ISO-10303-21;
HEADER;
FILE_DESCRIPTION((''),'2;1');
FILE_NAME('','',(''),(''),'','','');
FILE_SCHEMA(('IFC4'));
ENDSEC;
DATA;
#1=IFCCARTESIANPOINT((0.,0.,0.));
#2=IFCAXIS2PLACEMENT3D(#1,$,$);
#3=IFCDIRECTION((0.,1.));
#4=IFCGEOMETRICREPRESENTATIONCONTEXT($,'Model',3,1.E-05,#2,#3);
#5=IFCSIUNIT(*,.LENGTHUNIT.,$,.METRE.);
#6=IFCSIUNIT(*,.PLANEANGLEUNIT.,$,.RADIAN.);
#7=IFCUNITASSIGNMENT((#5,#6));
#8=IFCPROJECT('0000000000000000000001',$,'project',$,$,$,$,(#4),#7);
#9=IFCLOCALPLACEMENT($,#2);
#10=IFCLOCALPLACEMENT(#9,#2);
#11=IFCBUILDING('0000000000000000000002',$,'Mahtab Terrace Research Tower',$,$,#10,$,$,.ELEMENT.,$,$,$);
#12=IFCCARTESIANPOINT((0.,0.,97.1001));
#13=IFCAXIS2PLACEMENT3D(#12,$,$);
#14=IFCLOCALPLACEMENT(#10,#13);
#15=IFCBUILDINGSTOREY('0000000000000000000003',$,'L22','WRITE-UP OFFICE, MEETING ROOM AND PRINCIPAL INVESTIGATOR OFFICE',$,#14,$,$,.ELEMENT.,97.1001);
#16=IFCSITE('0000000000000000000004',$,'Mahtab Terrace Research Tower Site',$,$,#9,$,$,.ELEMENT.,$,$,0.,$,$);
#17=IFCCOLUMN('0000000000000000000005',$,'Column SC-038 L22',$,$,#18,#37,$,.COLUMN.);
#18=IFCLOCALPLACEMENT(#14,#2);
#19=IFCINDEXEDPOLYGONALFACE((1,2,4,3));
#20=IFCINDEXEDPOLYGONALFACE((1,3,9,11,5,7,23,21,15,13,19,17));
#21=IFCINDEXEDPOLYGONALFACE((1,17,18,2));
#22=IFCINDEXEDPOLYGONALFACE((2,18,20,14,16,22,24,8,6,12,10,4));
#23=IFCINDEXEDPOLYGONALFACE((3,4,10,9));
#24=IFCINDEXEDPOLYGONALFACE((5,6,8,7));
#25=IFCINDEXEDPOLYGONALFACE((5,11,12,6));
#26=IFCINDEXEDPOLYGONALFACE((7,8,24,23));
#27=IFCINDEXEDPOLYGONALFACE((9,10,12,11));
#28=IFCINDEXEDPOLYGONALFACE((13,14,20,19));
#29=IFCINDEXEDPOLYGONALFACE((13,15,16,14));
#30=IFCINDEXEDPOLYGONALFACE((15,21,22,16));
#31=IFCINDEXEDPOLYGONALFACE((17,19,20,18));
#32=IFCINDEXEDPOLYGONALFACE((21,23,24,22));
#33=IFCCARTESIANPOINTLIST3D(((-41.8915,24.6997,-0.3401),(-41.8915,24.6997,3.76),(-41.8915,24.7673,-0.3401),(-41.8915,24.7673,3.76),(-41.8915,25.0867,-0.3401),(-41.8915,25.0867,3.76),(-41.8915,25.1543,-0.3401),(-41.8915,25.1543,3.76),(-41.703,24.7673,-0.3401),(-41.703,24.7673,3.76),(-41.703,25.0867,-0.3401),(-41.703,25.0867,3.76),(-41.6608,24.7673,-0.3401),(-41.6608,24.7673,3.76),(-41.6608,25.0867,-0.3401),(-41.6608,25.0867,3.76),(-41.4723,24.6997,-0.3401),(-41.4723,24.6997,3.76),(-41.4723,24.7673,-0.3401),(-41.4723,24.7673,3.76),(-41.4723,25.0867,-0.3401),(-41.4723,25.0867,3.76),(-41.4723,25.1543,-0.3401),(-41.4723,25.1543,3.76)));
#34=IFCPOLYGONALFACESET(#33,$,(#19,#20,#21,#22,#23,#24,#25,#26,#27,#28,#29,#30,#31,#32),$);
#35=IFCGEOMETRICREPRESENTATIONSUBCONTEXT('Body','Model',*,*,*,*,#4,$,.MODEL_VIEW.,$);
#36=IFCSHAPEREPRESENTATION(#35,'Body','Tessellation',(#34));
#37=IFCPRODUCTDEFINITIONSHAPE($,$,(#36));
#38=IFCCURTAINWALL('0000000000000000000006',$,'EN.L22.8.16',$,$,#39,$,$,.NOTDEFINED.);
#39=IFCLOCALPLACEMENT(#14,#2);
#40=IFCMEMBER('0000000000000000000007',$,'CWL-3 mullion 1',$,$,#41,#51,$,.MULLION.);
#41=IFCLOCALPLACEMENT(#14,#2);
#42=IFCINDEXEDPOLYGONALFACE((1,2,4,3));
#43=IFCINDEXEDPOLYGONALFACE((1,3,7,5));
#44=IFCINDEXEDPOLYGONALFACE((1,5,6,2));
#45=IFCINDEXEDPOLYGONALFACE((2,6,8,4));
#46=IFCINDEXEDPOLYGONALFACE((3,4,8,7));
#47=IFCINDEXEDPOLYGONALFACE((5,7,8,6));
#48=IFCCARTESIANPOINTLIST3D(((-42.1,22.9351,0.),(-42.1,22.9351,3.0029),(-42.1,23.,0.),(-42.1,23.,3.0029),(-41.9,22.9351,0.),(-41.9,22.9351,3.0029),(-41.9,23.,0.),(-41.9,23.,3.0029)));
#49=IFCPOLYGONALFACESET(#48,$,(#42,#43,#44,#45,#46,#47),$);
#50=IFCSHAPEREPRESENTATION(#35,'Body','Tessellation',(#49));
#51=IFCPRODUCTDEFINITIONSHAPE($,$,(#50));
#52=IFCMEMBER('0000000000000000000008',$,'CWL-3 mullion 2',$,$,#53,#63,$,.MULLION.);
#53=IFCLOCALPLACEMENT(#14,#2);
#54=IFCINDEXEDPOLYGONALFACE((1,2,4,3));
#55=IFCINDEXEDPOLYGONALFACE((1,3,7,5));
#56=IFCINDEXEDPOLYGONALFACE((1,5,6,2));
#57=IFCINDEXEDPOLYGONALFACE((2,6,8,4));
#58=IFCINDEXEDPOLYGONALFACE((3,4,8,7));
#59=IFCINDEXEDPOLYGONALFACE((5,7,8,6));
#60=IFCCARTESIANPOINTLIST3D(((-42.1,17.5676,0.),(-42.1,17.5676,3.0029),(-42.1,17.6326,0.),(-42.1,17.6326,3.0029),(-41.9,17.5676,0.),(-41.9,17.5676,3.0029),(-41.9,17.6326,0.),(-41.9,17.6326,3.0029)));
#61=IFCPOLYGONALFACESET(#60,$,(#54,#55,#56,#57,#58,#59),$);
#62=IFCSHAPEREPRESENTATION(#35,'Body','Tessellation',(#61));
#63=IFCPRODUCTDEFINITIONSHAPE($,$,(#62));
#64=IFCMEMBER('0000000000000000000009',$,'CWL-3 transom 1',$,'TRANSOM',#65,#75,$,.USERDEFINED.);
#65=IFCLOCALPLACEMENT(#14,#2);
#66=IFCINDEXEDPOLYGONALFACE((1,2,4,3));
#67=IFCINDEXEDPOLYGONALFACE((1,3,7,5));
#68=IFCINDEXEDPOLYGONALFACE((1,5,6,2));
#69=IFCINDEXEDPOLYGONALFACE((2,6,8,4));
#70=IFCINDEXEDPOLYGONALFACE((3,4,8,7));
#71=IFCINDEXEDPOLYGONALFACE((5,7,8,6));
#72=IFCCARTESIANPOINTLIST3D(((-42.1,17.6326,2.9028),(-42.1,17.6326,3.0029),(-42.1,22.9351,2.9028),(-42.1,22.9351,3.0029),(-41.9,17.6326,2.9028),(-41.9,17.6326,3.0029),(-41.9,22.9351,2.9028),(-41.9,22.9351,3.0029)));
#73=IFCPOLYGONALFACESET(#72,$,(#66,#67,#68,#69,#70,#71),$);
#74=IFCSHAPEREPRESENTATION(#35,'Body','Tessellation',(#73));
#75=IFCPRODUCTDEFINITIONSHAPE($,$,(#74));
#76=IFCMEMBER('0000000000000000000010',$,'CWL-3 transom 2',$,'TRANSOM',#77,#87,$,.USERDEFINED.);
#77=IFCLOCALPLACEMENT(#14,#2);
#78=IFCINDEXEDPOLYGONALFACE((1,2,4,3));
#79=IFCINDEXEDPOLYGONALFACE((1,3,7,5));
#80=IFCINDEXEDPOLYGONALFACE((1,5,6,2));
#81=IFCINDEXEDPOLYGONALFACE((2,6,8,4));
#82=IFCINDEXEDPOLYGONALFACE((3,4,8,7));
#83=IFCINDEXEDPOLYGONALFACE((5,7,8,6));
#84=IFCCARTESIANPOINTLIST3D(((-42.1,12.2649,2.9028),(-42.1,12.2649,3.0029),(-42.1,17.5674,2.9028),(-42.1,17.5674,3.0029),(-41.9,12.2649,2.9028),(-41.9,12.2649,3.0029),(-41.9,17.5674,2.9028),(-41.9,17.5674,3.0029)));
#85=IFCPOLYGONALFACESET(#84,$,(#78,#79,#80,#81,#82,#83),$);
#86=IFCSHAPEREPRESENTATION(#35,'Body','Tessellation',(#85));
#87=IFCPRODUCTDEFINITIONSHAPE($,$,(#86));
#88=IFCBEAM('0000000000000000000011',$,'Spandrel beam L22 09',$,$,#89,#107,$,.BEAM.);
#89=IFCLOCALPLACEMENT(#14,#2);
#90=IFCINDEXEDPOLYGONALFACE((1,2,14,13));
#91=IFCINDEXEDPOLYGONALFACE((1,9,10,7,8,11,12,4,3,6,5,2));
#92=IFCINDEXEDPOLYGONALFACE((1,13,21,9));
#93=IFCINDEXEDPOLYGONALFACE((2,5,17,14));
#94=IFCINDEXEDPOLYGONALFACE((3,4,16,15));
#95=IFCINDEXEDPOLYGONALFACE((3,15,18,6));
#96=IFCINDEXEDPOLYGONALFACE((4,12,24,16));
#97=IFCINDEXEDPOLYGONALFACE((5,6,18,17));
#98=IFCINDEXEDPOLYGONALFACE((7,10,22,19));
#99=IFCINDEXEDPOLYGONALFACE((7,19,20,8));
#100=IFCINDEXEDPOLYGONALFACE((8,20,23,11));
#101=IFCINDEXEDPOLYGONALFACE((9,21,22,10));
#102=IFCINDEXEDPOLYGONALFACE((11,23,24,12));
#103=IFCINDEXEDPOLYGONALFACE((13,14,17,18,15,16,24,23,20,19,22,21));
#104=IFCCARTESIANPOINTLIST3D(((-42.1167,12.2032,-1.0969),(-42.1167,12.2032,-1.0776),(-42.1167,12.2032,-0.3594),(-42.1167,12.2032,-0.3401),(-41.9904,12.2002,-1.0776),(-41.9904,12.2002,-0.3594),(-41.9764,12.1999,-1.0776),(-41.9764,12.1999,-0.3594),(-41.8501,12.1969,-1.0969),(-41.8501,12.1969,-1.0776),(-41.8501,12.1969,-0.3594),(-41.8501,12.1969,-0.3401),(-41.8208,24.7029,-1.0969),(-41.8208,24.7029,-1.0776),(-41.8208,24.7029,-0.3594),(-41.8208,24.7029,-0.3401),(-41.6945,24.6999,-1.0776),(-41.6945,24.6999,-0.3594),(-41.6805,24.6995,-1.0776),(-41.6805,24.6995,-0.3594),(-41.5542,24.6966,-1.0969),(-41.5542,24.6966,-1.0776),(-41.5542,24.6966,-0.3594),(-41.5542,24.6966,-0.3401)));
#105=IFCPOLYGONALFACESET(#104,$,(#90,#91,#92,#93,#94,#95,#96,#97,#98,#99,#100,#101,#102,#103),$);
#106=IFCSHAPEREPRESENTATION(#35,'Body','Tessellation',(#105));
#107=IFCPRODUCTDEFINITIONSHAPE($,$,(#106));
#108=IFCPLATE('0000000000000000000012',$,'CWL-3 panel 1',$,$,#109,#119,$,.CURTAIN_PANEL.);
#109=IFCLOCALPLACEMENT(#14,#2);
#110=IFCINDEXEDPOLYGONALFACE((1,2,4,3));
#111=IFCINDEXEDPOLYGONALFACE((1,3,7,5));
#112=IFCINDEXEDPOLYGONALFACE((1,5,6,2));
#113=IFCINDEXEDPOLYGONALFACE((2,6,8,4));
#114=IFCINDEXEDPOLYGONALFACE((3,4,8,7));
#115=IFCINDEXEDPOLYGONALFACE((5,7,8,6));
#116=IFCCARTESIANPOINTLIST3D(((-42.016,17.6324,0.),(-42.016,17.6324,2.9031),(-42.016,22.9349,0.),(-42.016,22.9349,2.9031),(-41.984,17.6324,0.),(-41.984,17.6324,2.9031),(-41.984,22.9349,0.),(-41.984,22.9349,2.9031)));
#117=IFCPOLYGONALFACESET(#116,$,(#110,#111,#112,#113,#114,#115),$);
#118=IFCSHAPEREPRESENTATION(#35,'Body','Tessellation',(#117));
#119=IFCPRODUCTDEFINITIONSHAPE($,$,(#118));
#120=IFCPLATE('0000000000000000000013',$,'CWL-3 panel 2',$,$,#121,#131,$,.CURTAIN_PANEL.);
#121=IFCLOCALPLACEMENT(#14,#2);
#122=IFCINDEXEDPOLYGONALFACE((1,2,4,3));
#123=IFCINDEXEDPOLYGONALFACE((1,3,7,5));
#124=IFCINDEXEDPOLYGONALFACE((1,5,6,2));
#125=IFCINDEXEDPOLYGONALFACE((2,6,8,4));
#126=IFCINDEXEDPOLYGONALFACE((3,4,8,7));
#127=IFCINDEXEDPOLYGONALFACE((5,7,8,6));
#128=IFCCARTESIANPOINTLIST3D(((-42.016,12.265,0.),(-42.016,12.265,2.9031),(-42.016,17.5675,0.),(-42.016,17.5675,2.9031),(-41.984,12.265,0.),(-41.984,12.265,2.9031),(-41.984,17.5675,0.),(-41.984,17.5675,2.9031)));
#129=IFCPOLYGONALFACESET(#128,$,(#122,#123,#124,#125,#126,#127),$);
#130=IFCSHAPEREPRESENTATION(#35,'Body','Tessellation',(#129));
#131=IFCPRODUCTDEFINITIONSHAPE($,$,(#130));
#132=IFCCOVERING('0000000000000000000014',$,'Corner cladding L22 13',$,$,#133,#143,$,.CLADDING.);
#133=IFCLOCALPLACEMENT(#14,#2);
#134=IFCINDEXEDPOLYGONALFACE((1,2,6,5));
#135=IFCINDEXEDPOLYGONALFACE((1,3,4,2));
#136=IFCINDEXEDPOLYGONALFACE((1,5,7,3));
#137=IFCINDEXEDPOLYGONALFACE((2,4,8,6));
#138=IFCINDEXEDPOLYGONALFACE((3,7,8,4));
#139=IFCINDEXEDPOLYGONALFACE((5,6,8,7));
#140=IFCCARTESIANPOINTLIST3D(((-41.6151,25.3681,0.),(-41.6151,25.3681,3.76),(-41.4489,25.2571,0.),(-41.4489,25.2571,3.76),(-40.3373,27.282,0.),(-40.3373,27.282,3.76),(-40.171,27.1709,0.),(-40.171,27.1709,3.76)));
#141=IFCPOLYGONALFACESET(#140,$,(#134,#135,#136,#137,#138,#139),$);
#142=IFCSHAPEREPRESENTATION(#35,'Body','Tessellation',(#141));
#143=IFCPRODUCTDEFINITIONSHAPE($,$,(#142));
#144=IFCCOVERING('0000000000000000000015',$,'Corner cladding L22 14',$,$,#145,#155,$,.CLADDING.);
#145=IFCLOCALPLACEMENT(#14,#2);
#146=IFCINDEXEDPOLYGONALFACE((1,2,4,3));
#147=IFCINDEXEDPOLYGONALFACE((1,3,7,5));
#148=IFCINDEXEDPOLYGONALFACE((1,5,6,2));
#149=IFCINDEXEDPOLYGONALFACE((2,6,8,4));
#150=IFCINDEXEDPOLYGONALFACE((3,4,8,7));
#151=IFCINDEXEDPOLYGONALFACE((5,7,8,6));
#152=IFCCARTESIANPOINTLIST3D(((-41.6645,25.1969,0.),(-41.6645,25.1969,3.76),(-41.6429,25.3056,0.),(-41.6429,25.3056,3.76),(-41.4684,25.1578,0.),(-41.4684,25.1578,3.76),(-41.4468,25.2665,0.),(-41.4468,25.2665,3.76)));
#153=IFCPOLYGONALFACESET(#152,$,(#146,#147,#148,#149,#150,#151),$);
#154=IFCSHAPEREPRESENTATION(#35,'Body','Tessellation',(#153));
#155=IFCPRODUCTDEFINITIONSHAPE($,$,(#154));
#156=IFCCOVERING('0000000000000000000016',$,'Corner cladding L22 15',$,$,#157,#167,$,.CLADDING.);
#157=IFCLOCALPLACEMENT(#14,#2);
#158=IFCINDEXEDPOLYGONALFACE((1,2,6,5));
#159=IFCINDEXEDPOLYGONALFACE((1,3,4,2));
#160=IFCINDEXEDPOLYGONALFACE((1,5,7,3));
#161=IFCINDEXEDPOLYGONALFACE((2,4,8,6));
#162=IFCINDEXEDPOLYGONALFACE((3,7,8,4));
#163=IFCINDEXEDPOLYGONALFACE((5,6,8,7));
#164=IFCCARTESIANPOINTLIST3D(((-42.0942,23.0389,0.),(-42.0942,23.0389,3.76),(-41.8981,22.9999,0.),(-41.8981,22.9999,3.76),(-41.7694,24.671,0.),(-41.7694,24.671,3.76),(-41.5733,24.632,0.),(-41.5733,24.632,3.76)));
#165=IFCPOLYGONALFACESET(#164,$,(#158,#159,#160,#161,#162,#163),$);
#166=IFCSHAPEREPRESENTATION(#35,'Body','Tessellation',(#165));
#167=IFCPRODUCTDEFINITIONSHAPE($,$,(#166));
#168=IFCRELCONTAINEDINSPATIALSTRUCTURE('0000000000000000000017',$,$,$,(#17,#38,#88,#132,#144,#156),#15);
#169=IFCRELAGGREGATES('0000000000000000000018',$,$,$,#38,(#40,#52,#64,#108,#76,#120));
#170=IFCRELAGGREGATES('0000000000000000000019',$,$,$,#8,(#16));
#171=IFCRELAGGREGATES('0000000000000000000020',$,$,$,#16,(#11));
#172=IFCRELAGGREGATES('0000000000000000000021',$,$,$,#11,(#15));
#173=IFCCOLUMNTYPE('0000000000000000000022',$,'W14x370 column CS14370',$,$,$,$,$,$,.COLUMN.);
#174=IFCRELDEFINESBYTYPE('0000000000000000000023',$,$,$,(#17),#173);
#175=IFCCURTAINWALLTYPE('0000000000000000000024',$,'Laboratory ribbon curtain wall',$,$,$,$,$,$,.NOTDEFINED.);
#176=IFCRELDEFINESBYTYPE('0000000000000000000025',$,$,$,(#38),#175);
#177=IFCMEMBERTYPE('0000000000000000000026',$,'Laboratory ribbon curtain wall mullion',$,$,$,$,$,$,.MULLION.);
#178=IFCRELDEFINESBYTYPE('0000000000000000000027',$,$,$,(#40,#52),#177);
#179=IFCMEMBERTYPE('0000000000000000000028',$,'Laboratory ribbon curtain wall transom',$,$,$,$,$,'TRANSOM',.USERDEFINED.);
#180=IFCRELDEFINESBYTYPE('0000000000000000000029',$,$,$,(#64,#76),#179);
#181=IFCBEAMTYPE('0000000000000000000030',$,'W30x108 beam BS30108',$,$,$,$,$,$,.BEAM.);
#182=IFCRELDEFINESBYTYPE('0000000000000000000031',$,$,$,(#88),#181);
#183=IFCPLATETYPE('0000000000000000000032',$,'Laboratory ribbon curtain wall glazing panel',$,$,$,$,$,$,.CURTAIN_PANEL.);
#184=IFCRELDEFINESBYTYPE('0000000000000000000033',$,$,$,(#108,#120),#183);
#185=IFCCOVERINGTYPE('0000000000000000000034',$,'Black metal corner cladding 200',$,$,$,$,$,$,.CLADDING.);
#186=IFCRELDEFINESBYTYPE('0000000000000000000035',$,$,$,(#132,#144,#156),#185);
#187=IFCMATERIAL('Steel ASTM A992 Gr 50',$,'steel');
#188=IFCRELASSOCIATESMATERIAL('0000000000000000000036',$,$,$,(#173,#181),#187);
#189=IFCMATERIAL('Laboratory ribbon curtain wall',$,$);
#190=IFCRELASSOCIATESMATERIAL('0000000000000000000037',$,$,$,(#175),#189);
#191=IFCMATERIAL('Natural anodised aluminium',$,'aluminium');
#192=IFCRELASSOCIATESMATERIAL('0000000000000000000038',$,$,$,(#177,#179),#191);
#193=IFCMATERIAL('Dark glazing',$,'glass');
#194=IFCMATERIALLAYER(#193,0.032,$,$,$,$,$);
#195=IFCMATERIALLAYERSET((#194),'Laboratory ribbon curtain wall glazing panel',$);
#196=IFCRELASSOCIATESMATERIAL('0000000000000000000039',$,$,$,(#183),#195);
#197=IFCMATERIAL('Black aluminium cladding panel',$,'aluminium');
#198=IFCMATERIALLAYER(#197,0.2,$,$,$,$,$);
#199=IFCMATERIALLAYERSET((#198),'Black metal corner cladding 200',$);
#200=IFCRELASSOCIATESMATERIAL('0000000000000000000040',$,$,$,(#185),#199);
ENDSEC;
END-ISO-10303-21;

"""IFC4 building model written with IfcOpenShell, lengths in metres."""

from ifc_helpers import new_model, si_unit, direction, frame, origin, origin_2d, place, context, subcontext, project, spatial, rectangle, i_section, extrude, material, layer, layer_set, material_profile, profile_set, type_object, element, aggregate, save


model = new_model("IFC4")

# Units and contexts
model_context = context("Model", 3, precision=1e-05, world=origin(), true_north=direction((0.0, 1.0)))
body_context = subcontext(model_context, "Body", "Model", "MODEL_VIEW")
ifc_project = project(units=[si_unit("LENGTHUNIT", "METRE"), si_unit("PLANEANGLEUNIT", "RADIAN")], contexts=[model_context])

# Site, building, storey
site_placement = place(None, origin())
site = spatial("IfcSite", under=ifc_project, at=site_placement, Name="Mahtab Terrace Research Tower Site", CompositionType="ELEMENT", RefElevation=0.0)
building_placement = place(site_placement, origin())
building = spatial("IfcBuilding", under=site, at=building_placement, Name="Mahtab Terrace Research Tower", CompositionType="ELEMENT")
storey_placement = place(building_placement, frame((0.0, 0.0, 97.1001)))
storey = spatial("IfcBuildingStorey", under=building, at=storey_placement, Name="L22", Description="WRITE-UP OFFICE, MEETING ROOM AND PRINCIPAL INVESTIGATOR OFFICE", CompositionType="ELEMENT", Elevation=97.1001)

# Column
ifc_material_1 = material(Name="Steel ASTM A992 Gr 50", Category="steel")
ifc_material_profile_1 = material_profile(ifc_material_1, i_section(OverallWidth=0.4192, OverallDepth=0.4546, WebThickness=0.0422, FlangeThickness=0.0676, at=origin_2d()), Name="W14X370")
ifc_profile_set_1 = profile_set([ifc_material_profile_1], Name="Steel ASTM A992 Gr 50")
column_type = type_object("IfcColumnType", Name="W14x370 column CS14370", PredefinedType="COLUMN", material=ifc_profile_set_1)
column_placement = place(storey_placement, frame((-41.6819, 24.927, -0.3401), z_axis=(0.0, 0.0, 1.0), x_axis=(1.0, 0.0, 0.0)))
element("IfcColumn", 1, at=column_placement, inside=storey, type_object=column_type, Name="Column SC-038 L22", PredefinedType="COLUMN", context=body_context, shape_type="SweptSolid", body=[
    extrude(i_section(OverallWidth=0.4192, OverallDepth=0.4546, WebThickness=0.0422, FlangeThickness=0.0676, at=origin_2d()), origin(), (0.0, 0.0, 1.0), 4.1001),
])

# Curtain wall, members
ifc_material_2 = material(Name="Laboratory ribbon curtain wall")
curtain_wall_type = type_object("IfcCurtainWallType", Name="Laboratory ribbon curtain wall", PredefinedType="NOTDEFINED", material=ifc_material_2)
curtain_wall_placement = place(storey_placement, origin())
curtain_wall = element("IfcCurtainWall", 2, at=curtain_wall_placement, inside=storey, type_object=curtain_wall_type, Name="EN.L22.8.16", PredefinedType="NOTDEFINED")
ifc_material_3 = material(Name="Natural anodised aluminium", Category="aluminium")
ifc_material_profile_2 = material_profile(ifc_material_3, rectangle(XDim=0.2, YDim=0.0649, at=origin_2d()), Name="MULLION 65x200")
ifc_profile_set_2 = profile_set([ifc_material_profile_2], Name="Natural anodised aluminium")
member_type_1 = type_object("IfcMemberType", Name="Laboratory ribbon curtain wall mullion", PredefinedType="MULLION", material=ifc_profile_set_2)
member_1_placement = place(storey_placement, frame((-42.0, 22.9675, 0.0), z_axis=(0.0, 0.0, 1.0), x_axis=(1.0, 0.0, 0.0)))
member_1 = element("IfcMember", 3, at=member_1_placement, type_object=member_type_1, Name="CWL-3 mullion 1", PredefinedType="MULLION", context=body_context, shape_type="SweptSolid", body=[
    extrude(rectangle(XDim=0.2, YDim=0.0649, at=origin_2d()), origin(), (0.0, 0.0, 1.0), 3.0029),
])
member_2_placement = place(storey_placement, frame((-42.0, 17.6001, 0.0), z_axis=(0.0, 0.0, 1.0), x_axis=(1.0, 0.0, 0.0)))
member_2 = element("IfcMember", 4, at=member_2_placement, type_object=member_type_1, Name="CWL-3 mullion 2", PredefinedType="MULLION", context=body_context, shape_type="SweptSolid", body=[
    extrude(rectangle(XDim=0.2, YDim=0.0649, at=origin_2d()), origin(), (0.0, 0.0, 1.0), 3.0029),
])
ifc_material_profile_3 = material_profile(ifc_material_3, rectangle(XDim=0.2, YDim=0.1001, at=origin_2d()), Name="TRANSOM 100x200")
ifc_profile_set_3 = profile_set([ifc_material_profile_3], Name="Natural anodised aluminium")
member_type_2 = type_object("IfcMemberType", Name="Laboratory ribbon curtain wall transom", ElementType="TRANSOM", PredefinedType="USERDEFINED", material=ifc_profile_set_3)
member_3_placement = place(storey_placement, frame((-42.0, 22.9351, 2.9529), z_axis=(0.0, -1.0, 0.0), x_axis=(1.0, 0.0, 0.0)))
member_3 = element("IfcMember", 5, at=member_3_placement, type_object=member_type_2, Name="CWL-3 transom 1", ObjectType="TRANSOM", PredefinedType="USERDEFINED", context=body_context, shape_type="SweptSolid", body=[
    extrude(rectangle(XDim=0.2, YDim=0.1001, at=origin_2d()), origin(), (0.0, 0.0, 1.0), 5.3025),
])
member_4_placement = place(storey_placement, frame((-42.0, 17.5674, 2.9529), z_axis=(0.0, -1.0, 0.0), x_axis=(1.0, 0.0, 0.0)))
member_4 = element("IfcMember", 6, at=member_4_placement, type_object=member_type_2, Name="CWL-3 transom 2", ObjectType="TRANSOM", PredefinedType="USERDEFINED", context=body_context, shape_type="SweptSolid", body=[
    extrude(rectangle(XDim=0.2, YDim=0.1001, at=origin_2d()), origin(), (0.0, 0.0, 1.0), 5.3025),
])

# Beam
ifc_material_profile_4 = material_profile(ifc_material_1, i_section(OverallWidth=0.2666, OverallDepth=0.7568, WebThickness=0.0139, FlangeThickness=0.0193, at=origin_2d()), Name="W30X108")
ifc_profile_set_4 = profile_set([ifc_material_profile_4], Name="Steel ASTM A992 Gr 50")
beam_type = type_object("IfcBeamType", Name="W30x108 beam BS30108", PredefinedType="BEAM", material=ifc_profile_set_4)
beam_placement = place(storey_placement, frame((-41.6875, 24.6997, -0.7185), z_axis=(-0.023666, -0.99972, 0.0), x_axis=(0.99972, -0.023666, 0.0)))
element("IfcBeam", 7, at=beam_placement, inside=storey, type_object=beam_type, Name="Spandrel beam L22 09", PredefinedType="BEAM", context=body_context, shape_type="SweptSolid", body=[
    extrude(i_section(OverallWidth=0.2666, OverallDepth=0.7568, WebThickness=0.0139, FlangeThickness=0.0193, at=origin_2d()), origin(), (0.0, 0.0, 1.0), 12.5032),
])

# Plates
ifc_material_4 = material(Name="Dark glazing", Category="glass")
ifc_layer_1 = layer(ifc_material_4, 0.032)
ifc_layer_set_1 = layer_set([ifc_layer_1], Name="Laboratory ribbon curtain wall glazing panel")
plate_type = type_object("IfcPlateType", Name="Laboratory ribbon curtain wall glazing panel", PredefinedType="CURTAIN_PANEL", material=ifc_layer_set_1)
plate_1_placement = place(storey_placement, frame((-42.0, 20.2837, 0.0), z_axis=(0.0, 0.0, 1.0), x_axis=(0.0, -1.0, 0.0)))
plate_1 = element("IfcPlate", 8, at=plate_1_placement, type_object=plate_type, Name="CWL-3 panel 1", PredefinedType="CURTAIN_PANEL", context=body_context, shape_type="SweptSolid", body=[
    extrude(rectangle(XDim=5.3025, YDim=0.032, at=origin_2d()), origin(), (0.0, 0.0, 1.0), 2.9031),
])
plate_2_placement = place(storey_placement, frame((-42.0, 14.9163, 0.0), z_axis=(0.0, 0.0, 1.0), x_axis=(0.0, -1.0, 0.0)))
plate_2 = element("IfcPlate", 9, at=plate_2_placement, type_object=plate_type, Name="CWL-3 panel 2", PredefinedType="CURTAIN_PANEL", context=body_context, shape_type="SweptSolid", body=[
    extrude(rectangle(XDim=5.3025, YDim=0.032, at=origin_2d()), origin(), (0.0, 0.0, 1.0), 2.9031),
])
aggregate(curtain_wall, [member_1, member_2, member_3, plate_1, member_4, plate_2])

# Coverings
ifc_material_5 = material(Name="Black aluminium cladding panel", Category="aluminium")
ifc_layer_2 = layer(ifc_material_5, 0.2)
ifc_layer_set_2 = layer_set([ifc_layer_2], Name="Black metal corner cladding 200")
covering_type = type_object("IfcCoveringType", Name="Black metal corner cladding 200", PredefinedType="CLADDING", material=ifc_layer_set_2)
covering_1_placement = place(storey_placement, frame((-40.8931, 26.2695, 0.0), z_axis=(0.0, 0.0, 1.0), x_axis=(-0.555291, -0.831656, 0.0)))
element("IfcCovering", 10, at=covering_1_placement, inside=storey, type_object=covering_type, Name="Corner cladding L22 13", PredefinedType="CLADDING", context=body_context, shape_type="SweptSolid", body=[
    extrude(rectangle(XDim=2.3013, YDim=0.2, at=origin_2d()), origin(), (0.0, 0.0, 1.0), 3.76),
])
covering_2_placement = place(storey_placement, frame((-41.5557, 25.2317, 0.0), z_axis=(0.0, 0.0, 1.0), x_axis=(-0.195212, -0.980761, 0.0)))
element("IfcCovering", 11, at=covering_2_placement, inside=storey, type_object=covering_type, Name="Corner cladding L22 14", PredefinedType="CLADDING", context=body_context, shape_type="SweptSolid", body=[
    extrude(rectangle(XDim=0.1108, YDim=0.2, at=origin_2d()), origin(), (0.0, 0.0, 1.0), 3.76),
])
covering_3_placement = place(storey_placement, frame((-41.8337, 23.8354, 0.0), z_axis=(0.0, 0.0, 1.0), x_axis=(-0.195212, -0.980761, 0.0)))
element("IfcCovering", 12, at=covering_3_placement, inside=storey, type_object=covering_type, Name="Corner cladding L22 15", PredefinedType="CLADDING", context=body_context, shape_type="SweptSolid", body=[
    extrude(rectangle(XDim=1.6641, YDim=0.2, at=origin_2d()), origin(), (0.0, 0.0, 1.0), 3.76),
])

save(model, "model.ifc")
